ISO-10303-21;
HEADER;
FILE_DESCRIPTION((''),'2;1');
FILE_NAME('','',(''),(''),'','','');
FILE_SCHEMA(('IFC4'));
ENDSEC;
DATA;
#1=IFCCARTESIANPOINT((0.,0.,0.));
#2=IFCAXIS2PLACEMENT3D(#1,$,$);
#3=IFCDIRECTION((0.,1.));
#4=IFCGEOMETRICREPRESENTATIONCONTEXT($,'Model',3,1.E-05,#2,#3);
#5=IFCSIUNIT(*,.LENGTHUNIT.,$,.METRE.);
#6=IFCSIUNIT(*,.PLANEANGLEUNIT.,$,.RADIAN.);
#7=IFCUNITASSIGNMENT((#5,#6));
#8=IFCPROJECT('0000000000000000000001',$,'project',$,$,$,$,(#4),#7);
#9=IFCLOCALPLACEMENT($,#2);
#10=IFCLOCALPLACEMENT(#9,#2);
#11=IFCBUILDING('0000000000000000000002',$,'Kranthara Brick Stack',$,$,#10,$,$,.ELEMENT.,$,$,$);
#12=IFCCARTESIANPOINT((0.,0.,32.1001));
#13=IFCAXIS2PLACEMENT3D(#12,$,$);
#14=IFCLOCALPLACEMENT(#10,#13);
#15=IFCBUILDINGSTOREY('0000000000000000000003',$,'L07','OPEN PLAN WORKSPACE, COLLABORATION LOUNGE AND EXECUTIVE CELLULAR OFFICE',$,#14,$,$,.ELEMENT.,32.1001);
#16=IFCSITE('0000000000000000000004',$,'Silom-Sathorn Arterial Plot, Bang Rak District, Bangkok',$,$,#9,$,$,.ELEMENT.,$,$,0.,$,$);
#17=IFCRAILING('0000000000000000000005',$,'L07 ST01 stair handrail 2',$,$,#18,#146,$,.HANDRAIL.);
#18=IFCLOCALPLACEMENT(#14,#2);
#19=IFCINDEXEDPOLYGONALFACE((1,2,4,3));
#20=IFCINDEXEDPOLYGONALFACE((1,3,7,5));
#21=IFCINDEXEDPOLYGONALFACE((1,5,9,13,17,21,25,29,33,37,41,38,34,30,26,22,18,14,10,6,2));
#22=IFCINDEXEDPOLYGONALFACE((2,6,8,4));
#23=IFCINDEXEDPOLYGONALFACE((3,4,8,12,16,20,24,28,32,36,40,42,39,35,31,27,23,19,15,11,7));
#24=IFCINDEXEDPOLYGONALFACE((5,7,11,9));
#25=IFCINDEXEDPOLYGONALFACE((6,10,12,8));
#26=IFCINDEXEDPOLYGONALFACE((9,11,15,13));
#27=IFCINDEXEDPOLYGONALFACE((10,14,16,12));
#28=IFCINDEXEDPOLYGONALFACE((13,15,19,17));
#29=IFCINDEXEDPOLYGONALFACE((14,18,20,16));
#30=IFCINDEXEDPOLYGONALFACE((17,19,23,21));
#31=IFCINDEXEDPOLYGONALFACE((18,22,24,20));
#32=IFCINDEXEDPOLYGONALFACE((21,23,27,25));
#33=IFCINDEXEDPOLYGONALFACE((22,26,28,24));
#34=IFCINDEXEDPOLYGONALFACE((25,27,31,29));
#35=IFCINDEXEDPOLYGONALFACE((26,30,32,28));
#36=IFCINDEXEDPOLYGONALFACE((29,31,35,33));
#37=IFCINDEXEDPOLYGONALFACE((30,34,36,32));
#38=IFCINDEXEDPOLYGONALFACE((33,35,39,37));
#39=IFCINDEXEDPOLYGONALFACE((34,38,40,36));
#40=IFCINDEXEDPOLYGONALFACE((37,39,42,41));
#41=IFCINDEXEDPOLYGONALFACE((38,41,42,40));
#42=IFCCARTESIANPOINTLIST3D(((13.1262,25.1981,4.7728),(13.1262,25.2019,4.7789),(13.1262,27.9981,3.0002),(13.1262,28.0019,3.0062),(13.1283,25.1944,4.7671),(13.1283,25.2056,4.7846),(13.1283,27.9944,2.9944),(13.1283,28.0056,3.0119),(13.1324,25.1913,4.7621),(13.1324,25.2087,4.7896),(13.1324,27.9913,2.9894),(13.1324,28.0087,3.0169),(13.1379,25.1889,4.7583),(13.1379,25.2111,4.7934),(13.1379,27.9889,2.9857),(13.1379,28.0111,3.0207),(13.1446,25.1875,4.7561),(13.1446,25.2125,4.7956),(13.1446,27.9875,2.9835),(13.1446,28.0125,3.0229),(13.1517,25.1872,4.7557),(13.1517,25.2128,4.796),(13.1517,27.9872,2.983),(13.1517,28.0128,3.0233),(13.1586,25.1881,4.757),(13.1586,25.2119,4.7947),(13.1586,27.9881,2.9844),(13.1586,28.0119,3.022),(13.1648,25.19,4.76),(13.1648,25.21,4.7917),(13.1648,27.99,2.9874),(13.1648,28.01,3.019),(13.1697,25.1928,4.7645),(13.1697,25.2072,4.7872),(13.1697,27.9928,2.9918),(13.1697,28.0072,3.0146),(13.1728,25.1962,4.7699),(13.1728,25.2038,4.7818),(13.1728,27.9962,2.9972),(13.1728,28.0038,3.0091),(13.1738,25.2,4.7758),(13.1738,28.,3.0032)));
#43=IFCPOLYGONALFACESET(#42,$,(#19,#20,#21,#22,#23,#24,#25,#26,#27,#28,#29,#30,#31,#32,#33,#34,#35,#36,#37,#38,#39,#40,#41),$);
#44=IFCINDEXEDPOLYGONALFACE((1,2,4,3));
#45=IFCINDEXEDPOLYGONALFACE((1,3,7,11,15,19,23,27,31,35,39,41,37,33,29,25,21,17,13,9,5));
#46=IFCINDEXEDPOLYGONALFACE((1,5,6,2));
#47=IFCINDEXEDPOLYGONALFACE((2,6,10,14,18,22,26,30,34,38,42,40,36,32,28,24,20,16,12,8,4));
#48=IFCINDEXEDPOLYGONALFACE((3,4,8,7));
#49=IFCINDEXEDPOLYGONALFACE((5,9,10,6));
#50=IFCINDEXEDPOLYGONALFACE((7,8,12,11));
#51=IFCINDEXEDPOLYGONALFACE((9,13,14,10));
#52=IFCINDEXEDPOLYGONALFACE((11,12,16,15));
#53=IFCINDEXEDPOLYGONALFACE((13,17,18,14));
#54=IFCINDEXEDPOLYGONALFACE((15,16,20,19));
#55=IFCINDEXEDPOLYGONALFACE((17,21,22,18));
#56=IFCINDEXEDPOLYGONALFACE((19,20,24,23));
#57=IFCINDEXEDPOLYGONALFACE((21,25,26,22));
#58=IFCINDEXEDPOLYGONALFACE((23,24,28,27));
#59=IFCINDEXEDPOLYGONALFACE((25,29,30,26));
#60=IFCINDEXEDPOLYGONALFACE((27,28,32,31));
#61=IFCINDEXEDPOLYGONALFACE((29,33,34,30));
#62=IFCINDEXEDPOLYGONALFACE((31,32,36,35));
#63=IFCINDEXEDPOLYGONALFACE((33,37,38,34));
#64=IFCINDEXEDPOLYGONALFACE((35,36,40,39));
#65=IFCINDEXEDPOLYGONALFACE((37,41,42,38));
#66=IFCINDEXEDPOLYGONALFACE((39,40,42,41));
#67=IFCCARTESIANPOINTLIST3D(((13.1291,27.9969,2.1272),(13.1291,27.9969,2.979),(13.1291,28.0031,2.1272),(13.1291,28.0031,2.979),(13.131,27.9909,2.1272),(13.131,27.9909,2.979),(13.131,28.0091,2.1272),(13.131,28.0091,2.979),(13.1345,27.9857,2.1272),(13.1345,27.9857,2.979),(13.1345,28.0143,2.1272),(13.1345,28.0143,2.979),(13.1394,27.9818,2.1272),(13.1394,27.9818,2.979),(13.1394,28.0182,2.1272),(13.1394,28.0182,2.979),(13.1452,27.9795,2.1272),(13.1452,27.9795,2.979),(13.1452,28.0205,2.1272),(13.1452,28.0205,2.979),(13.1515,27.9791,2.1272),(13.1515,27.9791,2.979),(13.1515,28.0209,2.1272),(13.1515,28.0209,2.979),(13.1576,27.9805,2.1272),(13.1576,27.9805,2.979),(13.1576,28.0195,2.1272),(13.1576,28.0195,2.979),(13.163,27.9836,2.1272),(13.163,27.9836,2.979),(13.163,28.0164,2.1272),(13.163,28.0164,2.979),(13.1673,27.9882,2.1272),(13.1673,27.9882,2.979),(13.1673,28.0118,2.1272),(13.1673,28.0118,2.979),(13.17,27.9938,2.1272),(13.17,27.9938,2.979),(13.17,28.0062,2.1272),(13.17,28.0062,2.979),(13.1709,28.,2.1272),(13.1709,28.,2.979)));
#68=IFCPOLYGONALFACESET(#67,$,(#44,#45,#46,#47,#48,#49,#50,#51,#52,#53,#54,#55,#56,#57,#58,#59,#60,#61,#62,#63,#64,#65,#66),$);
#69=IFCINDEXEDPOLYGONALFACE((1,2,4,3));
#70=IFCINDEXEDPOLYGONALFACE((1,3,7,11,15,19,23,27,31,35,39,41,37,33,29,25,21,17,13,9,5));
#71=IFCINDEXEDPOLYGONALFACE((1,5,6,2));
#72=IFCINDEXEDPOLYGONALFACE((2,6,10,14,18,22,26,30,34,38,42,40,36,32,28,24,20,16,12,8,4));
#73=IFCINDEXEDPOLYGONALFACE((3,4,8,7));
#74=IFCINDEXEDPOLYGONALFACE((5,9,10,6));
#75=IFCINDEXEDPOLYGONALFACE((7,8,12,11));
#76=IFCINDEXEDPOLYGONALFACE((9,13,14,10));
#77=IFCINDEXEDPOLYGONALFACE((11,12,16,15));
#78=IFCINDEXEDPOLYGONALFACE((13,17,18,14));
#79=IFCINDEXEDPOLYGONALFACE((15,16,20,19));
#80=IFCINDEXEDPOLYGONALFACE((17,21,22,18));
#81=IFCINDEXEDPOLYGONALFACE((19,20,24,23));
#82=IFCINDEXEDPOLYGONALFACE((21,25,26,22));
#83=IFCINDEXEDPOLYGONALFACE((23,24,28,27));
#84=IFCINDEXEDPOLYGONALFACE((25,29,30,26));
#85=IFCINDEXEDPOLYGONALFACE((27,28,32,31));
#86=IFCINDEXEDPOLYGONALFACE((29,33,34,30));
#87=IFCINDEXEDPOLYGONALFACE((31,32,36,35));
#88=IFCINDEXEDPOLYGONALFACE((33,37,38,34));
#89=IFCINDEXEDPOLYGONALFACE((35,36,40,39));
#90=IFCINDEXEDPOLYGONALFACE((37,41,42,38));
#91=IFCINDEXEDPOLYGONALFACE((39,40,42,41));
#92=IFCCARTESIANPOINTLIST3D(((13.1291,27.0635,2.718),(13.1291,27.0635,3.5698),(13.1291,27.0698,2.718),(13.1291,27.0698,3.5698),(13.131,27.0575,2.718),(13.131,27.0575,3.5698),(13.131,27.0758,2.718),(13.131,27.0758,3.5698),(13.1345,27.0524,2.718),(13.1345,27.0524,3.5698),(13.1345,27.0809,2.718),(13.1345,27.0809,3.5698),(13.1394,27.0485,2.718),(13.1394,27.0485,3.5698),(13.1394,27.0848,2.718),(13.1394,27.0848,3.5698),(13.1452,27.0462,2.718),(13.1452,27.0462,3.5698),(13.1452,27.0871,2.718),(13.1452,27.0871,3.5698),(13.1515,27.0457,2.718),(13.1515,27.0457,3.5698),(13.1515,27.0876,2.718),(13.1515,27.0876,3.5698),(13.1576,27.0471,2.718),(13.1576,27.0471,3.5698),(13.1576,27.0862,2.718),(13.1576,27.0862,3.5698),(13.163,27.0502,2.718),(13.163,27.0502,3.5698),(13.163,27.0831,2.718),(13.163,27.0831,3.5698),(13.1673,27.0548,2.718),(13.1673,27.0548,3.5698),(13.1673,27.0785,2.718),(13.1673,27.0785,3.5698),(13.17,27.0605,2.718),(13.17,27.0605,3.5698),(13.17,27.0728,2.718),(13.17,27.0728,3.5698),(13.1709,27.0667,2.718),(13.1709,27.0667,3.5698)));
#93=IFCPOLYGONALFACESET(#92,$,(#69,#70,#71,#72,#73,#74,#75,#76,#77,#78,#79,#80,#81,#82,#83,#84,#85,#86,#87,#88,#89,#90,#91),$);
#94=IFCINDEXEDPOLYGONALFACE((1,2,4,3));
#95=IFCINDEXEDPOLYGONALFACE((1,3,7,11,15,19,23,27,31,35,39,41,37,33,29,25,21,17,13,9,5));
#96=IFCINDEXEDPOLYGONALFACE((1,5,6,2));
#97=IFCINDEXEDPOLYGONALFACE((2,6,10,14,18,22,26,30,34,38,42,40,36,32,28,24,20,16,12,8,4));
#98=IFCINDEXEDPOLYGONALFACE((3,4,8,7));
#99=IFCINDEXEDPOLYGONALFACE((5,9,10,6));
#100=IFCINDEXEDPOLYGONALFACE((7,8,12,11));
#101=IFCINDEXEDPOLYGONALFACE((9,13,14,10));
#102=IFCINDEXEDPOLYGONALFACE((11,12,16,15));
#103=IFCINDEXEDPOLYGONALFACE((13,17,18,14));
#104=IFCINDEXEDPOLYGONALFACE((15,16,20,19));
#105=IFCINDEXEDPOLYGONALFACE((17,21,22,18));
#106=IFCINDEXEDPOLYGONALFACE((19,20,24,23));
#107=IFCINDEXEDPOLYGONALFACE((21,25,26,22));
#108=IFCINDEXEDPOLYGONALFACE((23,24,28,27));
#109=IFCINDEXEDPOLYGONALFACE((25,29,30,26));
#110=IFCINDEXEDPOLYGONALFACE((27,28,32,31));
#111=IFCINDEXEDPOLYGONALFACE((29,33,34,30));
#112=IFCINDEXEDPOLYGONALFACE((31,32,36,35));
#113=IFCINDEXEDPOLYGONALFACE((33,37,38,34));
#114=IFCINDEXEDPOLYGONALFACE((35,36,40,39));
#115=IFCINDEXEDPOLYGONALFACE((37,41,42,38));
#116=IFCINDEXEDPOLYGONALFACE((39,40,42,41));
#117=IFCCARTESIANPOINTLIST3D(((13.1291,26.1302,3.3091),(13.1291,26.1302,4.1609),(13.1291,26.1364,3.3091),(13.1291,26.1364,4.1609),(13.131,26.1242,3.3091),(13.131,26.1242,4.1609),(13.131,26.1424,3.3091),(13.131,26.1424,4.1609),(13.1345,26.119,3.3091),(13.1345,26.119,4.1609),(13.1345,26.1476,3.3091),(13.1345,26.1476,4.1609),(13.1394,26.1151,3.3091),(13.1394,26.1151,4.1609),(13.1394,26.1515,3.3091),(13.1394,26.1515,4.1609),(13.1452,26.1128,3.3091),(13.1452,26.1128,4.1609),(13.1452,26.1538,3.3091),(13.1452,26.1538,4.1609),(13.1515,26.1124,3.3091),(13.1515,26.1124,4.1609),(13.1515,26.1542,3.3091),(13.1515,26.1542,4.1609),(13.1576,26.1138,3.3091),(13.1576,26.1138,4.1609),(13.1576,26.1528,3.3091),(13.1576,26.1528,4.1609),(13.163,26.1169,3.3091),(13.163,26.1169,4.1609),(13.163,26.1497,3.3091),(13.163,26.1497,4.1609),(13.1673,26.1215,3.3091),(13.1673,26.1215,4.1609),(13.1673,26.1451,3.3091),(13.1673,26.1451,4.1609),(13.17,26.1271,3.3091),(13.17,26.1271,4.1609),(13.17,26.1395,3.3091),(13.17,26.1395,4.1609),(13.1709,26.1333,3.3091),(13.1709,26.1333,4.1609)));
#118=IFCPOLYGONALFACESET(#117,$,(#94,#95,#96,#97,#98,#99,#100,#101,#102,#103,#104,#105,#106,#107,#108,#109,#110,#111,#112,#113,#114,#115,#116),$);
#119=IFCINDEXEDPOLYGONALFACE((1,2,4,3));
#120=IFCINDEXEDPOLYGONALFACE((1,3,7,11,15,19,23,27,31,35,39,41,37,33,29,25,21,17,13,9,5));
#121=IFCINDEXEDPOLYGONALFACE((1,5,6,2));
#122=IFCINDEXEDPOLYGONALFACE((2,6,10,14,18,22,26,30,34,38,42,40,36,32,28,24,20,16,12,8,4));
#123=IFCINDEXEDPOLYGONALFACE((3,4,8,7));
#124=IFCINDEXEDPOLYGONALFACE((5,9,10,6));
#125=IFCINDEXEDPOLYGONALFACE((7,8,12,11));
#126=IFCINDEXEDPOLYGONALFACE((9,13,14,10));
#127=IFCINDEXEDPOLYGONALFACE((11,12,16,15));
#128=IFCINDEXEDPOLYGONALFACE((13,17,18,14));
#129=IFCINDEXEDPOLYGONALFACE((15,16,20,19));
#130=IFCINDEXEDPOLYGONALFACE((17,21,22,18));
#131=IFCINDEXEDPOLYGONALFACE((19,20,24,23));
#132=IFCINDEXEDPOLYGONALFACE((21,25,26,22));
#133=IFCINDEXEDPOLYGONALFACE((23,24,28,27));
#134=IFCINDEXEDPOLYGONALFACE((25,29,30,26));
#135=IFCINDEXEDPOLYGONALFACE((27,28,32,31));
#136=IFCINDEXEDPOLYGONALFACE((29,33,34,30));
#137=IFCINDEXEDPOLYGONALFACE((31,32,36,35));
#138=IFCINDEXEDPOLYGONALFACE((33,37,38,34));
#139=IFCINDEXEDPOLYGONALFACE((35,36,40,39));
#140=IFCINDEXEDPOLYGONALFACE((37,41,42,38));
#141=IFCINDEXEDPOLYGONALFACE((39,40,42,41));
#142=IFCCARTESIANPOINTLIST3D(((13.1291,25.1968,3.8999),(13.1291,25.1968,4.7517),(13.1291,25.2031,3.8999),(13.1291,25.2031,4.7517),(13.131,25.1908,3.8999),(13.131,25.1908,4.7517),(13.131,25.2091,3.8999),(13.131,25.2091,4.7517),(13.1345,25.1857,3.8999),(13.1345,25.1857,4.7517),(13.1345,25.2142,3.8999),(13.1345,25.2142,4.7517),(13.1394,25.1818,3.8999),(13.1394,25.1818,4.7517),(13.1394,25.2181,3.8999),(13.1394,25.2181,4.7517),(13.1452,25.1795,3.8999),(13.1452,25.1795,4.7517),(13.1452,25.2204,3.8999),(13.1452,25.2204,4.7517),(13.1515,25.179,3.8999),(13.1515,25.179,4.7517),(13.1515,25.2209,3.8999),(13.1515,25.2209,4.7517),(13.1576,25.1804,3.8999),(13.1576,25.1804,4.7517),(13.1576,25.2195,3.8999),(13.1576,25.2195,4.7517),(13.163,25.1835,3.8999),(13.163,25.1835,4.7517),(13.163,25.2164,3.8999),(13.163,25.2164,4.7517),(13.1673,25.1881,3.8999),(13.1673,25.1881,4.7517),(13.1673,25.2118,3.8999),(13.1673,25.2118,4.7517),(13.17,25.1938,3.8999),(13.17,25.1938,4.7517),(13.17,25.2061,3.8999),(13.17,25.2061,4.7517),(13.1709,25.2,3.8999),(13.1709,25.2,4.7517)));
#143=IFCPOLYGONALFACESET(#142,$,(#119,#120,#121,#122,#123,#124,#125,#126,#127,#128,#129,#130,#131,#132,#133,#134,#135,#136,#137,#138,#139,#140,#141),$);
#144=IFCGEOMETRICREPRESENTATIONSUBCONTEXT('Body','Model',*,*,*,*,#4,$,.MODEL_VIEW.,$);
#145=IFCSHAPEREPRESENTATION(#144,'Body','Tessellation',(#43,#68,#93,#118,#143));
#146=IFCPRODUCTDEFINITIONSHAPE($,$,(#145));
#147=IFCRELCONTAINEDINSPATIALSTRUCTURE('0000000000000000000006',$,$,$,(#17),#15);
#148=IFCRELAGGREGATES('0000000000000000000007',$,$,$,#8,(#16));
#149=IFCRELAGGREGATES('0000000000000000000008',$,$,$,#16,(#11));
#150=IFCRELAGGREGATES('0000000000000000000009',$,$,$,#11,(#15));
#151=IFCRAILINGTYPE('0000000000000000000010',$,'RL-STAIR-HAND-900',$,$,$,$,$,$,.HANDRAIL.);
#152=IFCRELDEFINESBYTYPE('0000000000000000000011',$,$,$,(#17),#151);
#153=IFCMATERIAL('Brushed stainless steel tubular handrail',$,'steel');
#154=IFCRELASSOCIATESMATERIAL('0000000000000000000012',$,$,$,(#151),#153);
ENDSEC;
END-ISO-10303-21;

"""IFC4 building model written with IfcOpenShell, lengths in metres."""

from ifc_helpers import new_model, si_unit, direction, frame, origin, origin_2d, place, context, subcontext, project, spatial, circle, extrude, material, type_object, element, save


model = new_model("IFC4")

# Units and contexts
model_context = context("Model", 3, precision=1e-05, world=origin(), true_north=direction((0.0, 1.0)))
body_context = subcontext(model_context, "Body", "Model", "MODEL_VIEW")
ifc_project = project(units=[si_unit("LENGTHUNIT", "METRE"), si_unit("PLANEANGLEUNIT", "RADIAN")], contexts=[model_context])

# Site, building, storey
site_placement = place(None, origin())
site = spatial("IfcSite", under=ifc_project, at=site_placement, Name="Silom-Sathorn Arterial Plot, Bang Rak District, Bangkok", CompositionType="ELEMENT", RefElevation=0.0)
building_placement = place(site_placement, origin())
building = spatial("IfcBuilding", under=site, at=building_placement, Name="Kranthara Brick Stack", CompositionType="ELEMENT")
storey_placement = place(building_placement, frame((0.0, 0.0, 32.1001)))
storey = spatial("IfcBuildingStorey", under=building, at=storey_placement, Name="L07", Description="OPEN PLAN WORKSPACE, COLLABORATION LOUNGE AND EXECUTIVE CELLULAR OFFICE", CompositionType="ELEMENT", Elevation=32.1001)

# Railing
ifc_material_1 = material(Name="Brushed stainless steel tubular handrail", Category="steel")
railing_type_1 = type_object("IfcRailingType", Name="RL-STAIR-HAND-900", PredefinedType="HANDRAIL", material=ifc_material_1)
railing_1_placement = place(storey_placement, frame((13.1499, 28.0, 2.1272)))
element("IfcRailing", 1, at=railing_1_placement, inside=storey, type_object=railing_type_1, Name="L07 ST01 stair handrail 2", PredefinedType="HANDRAIL", context=body_context, shape_type="SweptSolid", body=[
    extrude(circle(Radius=0.0239, at=origin_2d()), frame((0.0, 0.0, 0.876), z_axis=(0.0, -0.844909, 0.53491), x_axis=(1.0, 0.0, 0.0)), (0.0, 0.0, 1.0), 3.314),
    extrude(circle(Radius=0.021, at=origin_2d()), origin(), (0.0, 0.0, 1.0), 0.8518),
    extrude(circle(Radius=0.021, at=origin_2d()), frame((0.0, -0.9333, 0.5908)), (0.0, 0.0, 1.0), 0.8518),
    extrude(circle(Radius=0.021, at=origin_2d()), frame((0.0, -1.8667, 1.1819)), (0.0, 0.0, 1.0), 0.8518),
    extrude(circle(Radius=0.021, at=origin_2d()), frame((0.0, -2.8, 1.7727)), (0.0, 0.0, 1.0), 0.8518),
])

save(model, "model.ifc")
